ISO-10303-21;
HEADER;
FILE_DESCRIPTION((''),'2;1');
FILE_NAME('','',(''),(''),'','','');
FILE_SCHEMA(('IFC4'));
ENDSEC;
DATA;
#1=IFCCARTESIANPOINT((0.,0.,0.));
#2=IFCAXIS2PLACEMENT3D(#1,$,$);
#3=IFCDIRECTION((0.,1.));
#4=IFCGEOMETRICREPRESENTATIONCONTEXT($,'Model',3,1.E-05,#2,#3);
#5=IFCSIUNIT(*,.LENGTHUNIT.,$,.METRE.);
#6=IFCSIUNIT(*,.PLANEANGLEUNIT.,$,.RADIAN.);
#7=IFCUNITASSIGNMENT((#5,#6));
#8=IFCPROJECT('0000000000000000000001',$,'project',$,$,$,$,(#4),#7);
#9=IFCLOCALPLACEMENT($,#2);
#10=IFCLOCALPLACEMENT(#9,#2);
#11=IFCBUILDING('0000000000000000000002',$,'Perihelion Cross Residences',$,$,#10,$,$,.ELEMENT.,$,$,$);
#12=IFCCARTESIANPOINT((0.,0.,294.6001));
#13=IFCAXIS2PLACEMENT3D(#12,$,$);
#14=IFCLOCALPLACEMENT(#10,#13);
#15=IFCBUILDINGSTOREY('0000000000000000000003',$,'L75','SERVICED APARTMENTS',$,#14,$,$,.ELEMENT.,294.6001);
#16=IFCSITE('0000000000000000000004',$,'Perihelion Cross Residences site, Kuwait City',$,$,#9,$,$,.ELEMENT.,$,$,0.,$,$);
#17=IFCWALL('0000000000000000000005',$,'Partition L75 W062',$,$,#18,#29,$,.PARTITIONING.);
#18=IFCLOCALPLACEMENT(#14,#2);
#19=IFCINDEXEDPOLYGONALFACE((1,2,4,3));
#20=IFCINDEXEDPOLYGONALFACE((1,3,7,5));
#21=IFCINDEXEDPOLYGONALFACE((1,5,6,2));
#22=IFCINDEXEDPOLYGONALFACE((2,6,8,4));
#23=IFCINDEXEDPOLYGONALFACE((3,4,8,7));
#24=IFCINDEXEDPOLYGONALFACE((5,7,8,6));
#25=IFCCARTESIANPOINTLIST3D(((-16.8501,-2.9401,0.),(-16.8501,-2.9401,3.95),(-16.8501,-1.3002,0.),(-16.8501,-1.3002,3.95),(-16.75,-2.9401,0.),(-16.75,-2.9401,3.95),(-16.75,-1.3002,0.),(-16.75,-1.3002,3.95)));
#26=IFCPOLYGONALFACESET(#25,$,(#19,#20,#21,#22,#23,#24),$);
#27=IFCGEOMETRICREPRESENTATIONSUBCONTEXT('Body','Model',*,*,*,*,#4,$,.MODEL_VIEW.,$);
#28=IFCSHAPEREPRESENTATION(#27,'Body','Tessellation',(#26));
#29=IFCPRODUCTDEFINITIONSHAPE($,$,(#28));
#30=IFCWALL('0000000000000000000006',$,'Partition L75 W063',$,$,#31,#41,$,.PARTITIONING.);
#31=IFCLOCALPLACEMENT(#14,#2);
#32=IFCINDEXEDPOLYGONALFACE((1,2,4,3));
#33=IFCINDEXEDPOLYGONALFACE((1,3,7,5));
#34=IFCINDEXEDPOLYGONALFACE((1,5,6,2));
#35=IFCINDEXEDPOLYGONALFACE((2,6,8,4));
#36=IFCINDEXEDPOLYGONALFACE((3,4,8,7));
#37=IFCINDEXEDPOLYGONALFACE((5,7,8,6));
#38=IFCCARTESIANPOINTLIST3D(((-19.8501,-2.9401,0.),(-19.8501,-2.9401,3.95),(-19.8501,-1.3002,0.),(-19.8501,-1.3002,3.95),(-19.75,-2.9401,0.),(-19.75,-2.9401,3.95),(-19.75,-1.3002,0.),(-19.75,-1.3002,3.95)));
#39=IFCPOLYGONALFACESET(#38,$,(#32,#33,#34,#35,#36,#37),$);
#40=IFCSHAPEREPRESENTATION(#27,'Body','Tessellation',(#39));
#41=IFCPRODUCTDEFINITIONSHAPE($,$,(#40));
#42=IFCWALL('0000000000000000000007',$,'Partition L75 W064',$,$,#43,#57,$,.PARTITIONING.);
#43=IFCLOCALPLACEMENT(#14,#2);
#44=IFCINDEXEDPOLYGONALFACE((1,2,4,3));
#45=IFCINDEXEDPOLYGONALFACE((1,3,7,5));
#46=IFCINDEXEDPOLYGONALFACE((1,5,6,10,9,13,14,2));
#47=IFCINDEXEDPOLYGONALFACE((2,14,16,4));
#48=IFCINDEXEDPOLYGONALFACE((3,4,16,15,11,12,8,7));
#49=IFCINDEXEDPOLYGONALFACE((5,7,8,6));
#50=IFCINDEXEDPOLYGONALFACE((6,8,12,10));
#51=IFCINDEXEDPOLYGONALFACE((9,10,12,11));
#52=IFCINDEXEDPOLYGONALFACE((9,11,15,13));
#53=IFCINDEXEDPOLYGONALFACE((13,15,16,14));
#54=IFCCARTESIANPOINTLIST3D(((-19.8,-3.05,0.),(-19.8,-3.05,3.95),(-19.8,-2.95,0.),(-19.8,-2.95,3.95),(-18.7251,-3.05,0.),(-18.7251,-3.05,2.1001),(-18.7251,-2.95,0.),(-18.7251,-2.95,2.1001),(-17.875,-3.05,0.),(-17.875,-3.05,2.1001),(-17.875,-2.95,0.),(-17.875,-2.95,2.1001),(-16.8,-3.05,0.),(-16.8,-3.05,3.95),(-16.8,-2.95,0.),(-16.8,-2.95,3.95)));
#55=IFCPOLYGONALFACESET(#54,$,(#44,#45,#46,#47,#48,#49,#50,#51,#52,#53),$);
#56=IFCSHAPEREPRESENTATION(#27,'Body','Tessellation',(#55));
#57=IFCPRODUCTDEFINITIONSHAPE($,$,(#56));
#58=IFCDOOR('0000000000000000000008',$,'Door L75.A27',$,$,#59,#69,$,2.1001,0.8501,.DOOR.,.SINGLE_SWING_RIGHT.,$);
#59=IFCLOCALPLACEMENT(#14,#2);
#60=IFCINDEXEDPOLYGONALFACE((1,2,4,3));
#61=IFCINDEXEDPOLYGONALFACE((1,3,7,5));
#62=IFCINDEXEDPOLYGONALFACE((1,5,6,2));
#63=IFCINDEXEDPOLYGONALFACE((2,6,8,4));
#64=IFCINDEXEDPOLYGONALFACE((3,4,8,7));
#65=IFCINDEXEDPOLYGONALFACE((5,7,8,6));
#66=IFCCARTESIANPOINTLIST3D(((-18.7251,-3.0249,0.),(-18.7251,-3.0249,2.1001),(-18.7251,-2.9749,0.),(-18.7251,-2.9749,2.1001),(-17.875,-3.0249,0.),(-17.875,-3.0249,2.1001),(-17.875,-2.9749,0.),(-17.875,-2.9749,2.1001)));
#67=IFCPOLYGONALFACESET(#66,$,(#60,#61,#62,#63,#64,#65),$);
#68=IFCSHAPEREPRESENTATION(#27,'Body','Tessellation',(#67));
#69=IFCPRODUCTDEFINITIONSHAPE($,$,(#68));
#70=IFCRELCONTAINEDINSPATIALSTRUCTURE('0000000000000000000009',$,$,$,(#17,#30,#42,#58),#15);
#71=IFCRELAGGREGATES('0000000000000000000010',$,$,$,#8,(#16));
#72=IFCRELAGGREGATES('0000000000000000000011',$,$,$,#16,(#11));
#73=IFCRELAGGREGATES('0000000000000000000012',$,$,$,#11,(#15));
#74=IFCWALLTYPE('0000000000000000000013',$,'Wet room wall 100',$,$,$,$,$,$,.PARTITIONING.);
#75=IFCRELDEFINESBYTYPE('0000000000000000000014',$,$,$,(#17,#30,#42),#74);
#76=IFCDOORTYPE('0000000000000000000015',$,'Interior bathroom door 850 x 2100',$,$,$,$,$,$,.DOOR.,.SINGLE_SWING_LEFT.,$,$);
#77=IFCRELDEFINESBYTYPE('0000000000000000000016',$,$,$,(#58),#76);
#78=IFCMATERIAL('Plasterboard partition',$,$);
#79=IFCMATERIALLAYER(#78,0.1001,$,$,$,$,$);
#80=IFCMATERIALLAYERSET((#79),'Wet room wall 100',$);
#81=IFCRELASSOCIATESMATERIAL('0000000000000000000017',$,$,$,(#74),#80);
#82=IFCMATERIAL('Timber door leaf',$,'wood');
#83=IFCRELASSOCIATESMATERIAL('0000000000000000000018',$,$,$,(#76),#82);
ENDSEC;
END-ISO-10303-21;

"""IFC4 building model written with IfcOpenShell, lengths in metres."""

from ifc_helpers import new_model, si_unit, direction, frame, frame_2d, origin, place, context, subcontext, project, spatial, rectangle, extrude, material, layer, layer_set, type_object, element, fill, save


model = new_model("IFC4")

# Units and contexts
model_context = context("Model", 3, precision=1e-05, world=origin(), true_north=direction((0.0, 1.0)))
body_context = subcontext(model_context, "Body", "Model", "MODEL_VIEW")
ifc_project = project(units=[si_unit("LENGTHUNIT", "METRE"), si_unit("PLANEANGLEUNIT", "RADIAN")], contexts=[model_context])

# Site, building, storey
site_placement = place(None, origin())
site = spatial("IfcSite", under=ifc_project, at=site_placement, Name="Perihelion Cross Residences site, Kuwait City", CompositionType="ELEMENT", RefElevation=0.0)
building_placement = place(site_placement, origin())
building = spatial("IfcBuilding", under=site, at=building_placement, Name="Perihelion Cross Residences", CompositionType="ELEMENT")
storey_placement = place(building_placement, frame((0.0, 0.0, 294.6001)))
storey = spatial("IfcBuildingStorey", under=building, at=storey_placement, Name="L75", Description="SERVICED APARTMENTS", CompositionType="ELEMENT", Elevation=294.6001)

# Shared definitions
ifc_material_1 = material(Name="Plasterboard partition")
ifc_layer_1 = layer(ifc_material_1, 0.1001)
ifc_layer_set_1 = layer_set([ifc_layer_1], Name="Wet room wall 100")
wall_type_1 = type_object("IfcWallType", Name="Wet room wall 100", PredefinedType="PARTITIONING", material=ifc_layer_set_1)

# Shared definitions
ifc_material_2 = material(Name="Timber door leaf", Category="wood")
door_type_1 = type_object("IfcDoorType", Name="Interior bathroom door 850 x 2100", OperationType="SINGLE_SWING_LEFT", PredefinedType="DOOR", material=ifc_material_2)

# Walls
for number, where, z_axis, x_axis, name in (
    (1, (-16.8, -2.9399, 0.0), (0.0, 0.0, 1.0), (0.0, 1.0, 0.0), "Partition L75 W062"),
    (2, (-19.8, -2.9399, 0.0), (0.0, 0.0, 1.0), (0.0, 1.0, 0.0), "Partition L75 W063"),
):
    element("IfcWall", number, at=place(storey_placement, frame(where, z_axis=z_axis, x_axis=x_axis)), inside=storey, type_object=wall_type_1, Name=name, PredefinedType="PARTITIONING", context=body_context, shape_type="SweptSolid", body=[
        extrude(rectangle(XDim=1.6399, YDim=0.1001, at=frame_2d((0.8198, 0.0))), origin(), (0.0, 0.0, 1.0), 3.95),
    ])

# Wall, opening, door
wall_1_placement = place(storey_placement, frame((-16.8, -3.0, 0.0), z_axis=(0.0, 0.0, 1.0), x_axis=(-1.0, 0.0, 0.0)))
wall_1 = element("IfcWall", 3, at=wall_1_placement, inside=storey, type_object=wall_type_1, Name="Partition L75 W064", PredefinedType="PARTITIONING", context=body_context, shape_type="SweptSolid", body=[
    extrude(rectangle(XDim=3.0, YDim=0.1001, at=frame_2d((1.5, 0.0))), origin(), (0.0, 0.0, 1.0), 3.95),
])
opening_1_placement = place(wall_1_placement, frame((1.075, 0.0, 0.0)))
opening_1 = element("IfcOpeningElement", 4, at=opening_1_placement, cuts=wall_1, PredefinedType="OPENING", context=body_context, shape_type="SweptSolid", body=[
    extrude(rectangle(XDim=0.8501, YDim=2.1001, at=frame_2d((0.425, 1.05))), frame((0.0, 0.0601, 0.0), z_axis=(0.0, -1.0, 0.0), x_axis=(1.0, 0.0, 0.0)), (0.0, 0.0, 1.0), 0.1201),
])
door_1_placement = place(opening_1_placement, origin())
door_1 = element("IfcDoor", 5, at=door_1_placement, inside=storey, type_object=door_type_1, Name="Door L75.A27", OperationType="SINGLE_SWING_RIGHT", OverallHeight=2.1001, OverallWidth=0.8501, PredefinedType="DOOR", context=body_context, shape_type="SweptSolid", body=[
    extrude(rectangle(XDim=0.8501, YDim=2.1001, at=frame_2d((0.425, 1.05))), frame((0.0, 0.0249, 0.0), z_axis=(0.0, -1.0, 0.0), x_axis=(1.0, 0.0, 0.0)), (0.0, 0.0, 1.0), 0.05),
])
fill(opening_1, door_1)

save(model, "model.ifc")
